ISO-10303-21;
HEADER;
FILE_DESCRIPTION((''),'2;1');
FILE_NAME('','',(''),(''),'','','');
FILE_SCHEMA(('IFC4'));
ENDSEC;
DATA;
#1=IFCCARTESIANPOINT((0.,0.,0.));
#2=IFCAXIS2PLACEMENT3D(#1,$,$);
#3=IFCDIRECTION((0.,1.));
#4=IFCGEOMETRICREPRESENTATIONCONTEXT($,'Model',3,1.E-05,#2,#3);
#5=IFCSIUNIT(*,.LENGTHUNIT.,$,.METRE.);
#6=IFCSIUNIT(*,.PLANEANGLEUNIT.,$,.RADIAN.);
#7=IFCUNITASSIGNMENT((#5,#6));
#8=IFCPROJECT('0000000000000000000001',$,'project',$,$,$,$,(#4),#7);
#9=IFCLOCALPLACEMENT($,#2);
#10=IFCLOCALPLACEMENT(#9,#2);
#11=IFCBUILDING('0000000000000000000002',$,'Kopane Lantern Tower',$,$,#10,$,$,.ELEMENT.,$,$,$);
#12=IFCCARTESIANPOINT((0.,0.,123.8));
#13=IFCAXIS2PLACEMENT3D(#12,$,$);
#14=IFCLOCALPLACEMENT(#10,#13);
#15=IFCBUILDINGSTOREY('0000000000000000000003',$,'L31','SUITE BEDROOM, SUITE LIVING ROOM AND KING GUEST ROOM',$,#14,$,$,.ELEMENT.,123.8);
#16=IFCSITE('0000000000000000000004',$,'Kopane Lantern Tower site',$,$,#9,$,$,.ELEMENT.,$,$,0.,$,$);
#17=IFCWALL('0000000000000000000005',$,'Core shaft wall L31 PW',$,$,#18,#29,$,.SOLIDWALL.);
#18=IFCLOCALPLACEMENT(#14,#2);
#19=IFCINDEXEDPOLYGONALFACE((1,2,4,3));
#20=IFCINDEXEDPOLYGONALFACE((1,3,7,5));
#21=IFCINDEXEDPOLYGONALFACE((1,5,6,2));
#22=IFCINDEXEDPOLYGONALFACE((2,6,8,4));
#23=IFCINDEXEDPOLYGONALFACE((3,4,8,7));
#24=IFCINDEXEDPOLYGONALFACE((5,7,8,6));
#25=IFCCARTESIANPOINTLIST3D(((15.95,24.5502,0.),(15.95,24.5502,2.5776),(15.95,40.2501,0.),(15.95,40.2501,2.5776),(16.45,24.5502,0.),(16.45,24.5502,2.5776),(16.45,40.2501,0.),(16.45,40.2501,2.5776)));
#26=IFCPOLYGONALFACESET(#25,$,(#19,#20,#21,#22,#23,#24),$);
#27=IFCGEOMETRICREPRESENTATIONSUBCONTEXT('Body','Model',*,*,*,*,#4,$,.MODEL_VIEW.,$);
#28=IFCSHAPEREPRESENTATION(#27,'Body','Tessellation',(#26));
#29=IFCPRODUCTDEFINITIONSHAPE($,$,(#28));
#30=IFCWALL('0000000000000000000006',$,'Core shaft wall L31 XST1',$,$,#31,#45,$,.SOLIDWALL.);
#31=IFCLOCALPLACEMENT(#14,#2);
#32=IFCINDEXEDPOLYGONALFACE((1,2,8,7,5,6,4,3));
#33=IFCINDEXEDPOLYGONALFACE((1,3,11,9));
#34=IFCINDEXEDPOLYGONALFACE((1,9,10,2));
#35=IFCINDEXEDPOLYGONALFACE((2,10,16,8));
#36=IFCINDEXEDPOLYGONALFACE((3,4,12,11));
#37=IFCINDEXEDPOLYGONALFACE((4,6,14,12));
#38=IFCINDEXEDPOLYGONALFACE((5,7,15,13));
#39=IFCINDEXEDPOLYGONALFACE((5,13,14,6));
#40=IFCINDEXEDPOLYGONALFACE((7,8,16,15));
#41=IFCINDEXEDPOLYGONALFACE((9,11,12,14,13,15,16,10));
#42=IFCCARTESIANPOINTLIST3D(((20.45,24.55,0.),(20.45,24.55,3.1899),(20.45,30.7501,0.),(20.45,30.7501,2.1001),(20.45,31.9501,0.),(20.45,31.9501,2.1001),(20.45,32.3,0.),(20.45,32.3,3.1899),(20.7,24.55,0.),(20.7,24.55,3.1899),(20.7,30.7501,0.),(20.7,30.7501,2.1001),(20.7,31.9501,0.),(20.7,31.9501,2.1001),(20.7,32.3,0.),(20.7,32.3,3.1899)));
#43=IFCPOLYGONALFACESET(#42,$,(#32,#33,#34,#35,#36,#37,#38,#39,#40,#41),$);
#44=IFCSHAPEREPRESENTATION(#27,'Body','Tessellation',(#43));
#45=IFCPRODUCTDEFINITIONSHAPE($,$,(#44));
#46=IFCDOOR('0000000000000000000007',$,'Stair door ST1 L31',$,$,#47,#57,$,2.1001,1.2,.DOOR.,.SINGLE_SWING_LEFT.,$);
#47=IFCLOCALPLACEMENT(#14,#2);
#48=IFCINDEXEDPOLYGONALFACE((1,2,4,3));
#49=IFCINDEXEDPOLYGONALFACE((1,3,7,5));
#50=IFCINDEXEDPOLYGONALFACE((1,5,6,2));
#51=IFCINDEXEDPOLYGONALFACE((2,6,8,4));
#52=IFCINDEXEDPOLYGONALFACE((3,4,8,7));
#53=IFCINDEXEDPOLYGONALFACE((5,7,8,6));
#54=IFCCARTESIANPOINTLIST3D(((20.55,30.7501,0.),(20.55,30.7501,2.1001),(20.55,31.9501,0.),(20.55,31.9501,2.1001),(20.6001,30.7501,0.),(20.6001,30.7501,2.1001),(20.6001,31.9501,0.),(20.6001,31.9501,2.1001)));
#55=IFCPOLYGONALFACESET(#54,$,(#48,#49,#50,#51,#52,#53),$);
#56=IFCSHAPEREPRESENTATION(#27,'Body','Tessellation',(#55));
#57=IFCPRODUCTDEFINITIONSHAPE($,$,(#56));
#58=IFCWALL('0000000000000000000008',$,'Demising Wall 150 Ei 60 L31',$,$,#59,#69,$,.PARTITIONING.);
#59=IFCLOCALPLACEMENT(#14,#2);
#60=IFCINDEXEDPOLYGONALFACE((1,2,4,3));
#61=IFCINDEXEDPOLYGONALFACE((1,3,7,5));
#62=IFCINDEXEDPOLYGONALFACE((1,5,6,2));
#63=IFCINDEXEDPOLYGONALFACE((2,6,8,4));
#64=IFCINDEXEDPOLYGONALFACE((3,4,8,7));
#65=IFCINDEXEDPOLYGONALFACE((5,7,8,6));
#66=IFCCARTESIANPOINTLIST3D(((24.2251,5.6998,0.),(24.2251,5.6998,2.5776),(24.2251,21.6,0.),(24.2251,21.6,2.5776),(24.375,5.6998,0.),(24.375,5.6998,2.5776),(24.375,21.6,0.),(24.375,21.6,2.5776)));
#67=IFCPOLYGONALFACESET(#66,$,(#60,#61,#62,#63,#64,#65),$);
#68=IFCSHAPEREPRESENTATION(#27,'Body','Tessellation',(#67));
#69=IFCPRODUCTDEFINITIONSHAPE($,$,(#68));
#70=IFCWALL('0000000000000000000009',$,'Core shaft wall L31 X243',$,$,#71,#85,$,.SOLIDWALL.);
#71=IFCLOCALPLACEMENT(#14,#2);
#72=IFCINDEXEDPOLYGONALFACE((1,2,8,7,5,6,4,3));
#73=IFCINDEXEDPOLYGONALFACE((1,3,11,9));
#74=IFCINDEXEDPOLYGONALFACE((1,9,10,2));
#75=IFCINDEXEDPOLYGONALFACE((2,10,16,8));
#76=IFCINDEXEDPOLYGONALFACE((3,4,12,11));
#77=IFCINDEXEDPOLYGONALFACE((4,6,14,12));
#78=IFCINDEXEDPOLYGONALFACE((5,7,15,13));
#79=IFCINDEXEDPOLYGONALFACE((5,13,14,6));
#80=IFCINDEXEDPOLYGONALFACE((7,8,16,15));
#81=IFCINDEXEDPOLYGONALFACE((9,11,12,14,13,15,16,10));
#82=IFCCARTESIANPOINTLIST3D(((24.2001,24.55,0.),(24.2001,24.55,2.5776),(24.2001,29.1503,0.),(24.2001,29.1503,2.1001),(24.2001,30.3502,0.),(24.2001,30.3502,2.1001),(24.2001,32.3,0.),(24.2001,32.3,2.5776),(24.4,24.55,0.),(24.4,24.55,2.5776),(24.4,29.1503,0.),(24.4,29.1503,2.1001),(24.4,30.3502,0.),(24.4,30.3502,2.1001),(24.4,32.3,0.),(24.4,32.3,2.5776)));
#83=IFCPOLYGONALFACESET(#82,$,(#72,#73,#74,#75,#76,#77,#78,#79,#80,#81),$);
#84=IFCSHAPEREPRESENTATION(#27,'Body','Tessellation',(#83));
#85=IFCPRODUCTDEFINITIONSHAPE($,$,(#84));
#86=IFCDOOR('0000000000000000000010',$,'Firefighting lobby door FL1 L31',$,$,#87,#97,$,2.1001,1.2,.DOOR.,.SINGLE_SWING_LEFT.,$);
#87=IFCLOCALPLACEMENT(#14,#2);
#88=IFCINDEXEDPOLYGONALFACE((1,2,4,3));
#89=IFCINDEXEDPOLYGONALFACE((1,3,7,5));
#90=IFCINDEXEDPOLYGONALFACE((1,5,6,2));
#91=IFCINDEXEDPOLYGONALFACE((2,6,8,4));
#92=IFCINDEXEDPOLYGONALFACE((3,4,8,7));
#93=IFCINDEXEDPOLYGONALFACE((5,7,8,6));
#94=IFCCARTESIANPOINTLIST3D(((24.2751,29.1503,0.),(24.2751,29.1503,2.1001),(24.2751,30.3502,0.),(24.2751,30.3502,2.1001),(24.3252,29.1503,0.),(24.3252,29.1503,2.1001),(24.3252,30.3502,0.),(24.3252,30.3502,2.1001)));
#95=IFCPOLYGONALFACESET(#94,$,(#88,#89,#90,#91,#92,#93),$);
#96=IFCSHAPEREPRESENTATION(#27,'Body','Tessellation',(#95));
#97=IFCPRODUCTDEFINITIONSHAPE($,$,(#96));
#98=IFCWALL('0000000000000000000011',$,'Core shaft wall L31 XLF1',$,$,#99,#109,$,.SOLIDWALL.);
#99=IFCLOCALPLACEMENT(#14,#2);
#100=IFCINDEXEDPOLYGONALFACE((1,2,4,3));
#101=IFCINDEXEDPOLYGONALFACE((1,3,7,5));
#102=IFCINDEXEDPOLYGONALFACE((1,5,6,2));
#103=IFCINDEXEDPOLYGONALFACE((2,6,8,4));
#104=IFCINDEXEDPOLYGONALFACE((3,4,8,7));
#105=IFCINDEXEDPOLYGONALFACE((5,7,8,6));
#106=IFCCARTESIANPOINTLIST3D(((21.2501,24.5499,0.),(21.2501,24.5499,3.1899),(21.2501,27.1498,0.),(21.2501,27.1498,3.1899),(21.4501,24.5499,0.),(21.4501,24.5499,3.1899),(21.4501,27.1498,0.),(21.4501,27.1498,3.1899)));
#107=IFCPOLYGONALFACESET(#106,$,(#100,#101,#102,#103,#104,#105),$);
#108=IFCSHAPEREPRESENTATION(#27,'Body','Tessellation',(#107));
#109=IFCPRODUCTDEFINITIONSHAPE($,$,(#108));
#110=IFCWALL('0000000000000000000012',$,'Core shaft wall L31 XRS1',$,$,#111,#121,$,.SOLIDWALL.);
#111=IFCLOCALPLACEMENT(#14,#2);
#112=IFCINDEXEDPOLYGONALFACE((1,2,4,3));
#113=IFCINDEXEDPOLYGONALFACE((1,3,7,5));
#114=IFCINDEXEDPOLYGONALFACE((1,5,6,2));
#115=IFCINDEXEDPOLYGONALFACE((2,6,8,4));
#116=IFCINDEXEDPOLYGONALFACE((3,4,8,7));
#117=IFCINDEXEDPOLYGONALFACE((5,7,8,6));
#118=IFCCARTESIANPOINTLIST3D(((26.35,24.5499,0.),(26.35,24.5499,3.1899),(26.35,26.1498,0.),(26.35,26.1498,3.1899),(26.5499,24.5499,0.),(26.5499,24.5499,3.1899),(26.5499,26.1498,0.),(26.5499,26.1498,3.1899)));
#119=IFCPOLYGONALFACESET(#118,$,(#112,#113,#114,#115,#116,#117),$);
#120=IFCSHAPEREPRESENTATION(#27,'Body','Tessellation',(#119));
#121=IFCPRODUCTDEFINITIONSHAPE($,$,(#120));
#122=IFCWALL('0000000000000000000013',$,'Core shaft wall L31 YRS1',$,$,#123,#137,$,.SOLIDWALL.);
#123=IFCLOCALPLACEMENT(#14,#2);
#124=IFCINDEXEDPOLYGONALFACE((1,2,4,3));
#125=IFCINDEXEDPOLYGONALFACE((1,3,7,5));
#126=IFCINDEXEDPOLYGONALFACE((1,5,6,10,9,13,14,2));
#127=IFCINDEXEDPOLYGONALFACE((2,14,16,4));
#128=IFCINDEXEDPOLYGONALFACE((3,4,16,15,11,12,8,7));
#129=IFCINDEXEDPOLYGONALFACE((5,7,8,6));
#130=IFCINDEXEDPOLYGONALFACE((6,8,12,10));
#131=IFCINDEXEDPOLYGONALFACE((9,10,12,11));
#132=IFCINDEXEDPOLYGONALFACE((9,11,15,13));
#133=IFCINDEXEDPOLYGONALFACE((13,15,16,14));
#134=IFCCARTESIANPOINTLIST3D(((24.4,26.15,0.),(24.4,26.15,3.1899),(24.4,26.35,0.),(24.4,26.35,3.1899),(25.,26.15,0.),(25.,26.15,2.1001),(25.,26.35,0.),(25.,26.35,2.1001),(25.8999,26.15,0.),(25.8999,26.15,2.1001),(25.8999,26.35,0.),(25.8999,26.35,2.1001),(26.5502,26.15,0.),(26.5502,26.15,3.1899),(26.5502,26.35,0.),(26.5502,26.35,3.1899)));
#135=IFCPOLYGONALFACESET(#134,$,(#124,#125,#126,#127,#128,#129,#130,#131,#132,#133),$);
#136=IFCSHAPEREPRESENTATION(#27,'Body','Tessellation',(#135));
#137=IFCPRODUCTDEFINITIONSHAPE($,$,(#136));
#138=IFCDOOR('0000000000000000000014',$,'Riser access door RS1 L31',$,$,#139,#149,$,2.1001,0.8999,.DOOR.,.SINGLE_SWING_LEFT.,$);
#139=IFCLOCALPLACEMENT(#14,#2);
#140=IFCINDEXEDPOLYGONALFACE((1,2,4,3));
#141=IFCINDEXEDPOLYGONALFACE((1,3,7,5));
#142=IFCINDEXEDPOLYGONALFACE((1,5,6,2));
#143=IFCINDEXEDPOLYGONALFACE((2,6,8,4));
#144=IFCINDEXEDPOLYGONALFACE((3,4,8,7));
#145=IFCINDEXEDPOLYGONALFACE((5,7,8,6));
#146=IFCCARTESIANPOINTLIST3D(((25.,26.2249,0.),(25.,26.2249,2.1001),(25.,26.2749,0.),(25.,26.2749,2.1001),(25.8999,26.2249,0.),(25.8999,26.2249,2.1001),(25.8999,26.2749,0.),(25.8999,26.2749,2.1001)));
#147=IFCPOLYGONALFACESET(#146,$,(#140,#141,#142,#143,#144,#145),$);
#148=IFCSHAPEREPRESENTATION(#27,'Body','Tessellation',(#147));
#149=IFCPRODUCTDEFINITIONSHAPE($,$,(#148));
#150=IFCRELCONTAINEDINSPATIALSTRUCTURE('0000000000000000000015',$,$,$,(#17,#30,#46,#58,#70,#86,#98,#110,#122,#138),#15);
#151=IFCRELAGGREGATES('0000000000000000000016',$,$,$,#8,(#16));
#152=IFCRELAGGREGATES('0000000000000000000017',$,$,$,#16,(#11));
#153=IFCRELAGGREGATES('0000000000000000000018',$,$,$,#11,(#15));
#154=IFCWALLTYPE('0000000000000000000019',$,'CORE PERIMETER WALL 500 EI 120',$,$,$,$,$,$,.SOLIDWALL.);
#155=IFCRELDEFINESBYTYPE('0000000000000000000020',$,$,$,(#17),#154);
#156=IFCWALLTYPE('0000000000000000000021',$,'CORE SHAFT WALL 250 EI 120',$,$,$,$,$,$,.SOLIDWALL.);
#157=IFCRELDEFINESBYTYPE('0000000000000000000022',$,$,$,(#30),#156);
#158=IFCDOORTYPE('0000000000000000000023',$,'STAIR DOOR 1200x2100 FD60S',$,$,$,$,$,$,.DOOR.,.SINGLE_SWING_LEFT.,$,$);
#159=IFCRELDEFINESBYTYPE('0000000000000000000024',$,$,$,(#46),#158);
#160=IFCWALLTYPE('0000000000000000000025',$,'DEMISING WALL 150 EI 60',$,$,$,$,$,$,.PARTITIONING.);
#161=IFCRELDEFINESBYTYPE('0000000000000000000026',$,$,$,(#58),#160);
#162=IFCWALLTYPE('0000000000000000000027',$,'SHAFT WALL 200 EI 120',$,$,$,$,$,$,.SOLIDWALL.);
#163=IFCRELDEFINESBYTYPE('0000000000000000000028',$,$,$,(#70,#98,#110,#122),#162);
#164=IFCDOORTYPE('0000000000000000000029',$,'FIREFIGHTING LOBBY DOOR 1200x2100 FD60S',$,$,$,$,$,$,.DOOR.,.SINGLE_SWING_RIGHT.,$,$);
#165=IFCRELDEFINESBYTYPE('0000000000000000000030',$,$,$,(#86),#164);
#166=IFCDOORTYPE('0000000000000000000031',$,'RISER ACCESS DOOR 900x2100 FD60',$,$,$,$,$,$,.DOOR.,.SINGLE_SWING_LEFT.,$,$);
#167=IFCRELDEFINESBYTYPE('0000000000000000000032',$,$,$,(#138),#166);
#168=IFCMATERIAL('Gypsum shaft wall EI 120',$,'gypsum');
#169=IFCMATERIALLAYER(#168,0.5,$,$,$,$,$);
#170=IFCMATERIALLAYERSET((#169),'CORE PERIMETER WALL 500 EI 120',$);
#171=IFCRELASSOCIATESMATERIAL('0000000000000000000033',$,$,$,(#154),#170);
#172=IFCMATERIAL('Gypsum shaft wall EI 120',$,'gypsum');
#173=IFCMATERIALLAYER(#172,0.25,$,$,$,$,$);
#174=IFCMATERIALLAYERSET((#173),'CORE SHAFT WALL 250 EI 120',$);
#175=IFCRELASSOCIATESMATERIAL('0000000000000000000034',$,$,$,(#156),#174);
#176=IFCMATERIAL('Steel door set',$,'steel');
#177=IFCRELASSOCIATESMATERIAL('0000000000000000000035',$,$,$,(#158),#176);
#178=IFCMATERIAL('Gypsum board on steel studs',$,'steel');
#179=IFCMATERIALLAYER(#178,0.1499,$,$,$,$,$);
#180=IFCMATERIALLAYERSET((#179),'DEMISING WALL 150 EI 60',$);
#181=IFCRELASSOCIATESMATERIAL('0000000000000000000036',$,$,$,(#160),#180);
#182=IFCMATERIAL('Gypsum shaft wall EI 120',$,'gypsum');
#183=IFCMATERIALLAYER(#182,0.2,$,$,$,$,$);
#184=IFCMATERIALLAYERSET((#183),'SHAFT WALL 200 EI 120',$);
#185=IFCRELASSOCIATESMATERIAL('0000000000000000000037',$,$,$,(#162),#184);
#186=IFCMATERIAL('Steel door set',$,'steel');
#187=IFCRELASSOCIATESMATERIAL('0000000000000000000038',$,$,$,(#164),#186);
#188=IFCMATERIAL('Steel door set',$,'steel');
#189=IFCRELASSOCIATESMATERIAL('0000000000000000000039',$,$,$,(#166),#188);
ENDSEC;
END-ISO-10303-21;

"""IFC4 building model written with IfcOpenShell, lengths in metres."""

from ifc_helpers import new_model, si_unit, direction, frame, frame_2d, origin, place, context, subcontext, project, spatial, rectangle, extrude, material, layer, layer_set, type_object, element, fill, save


model = new_model("IFC4")

# Units and contexts
model_context = context("Model", 3, precision=1e-05, world=origin(), true_north=direction((0.0, 1.0)))
body_context = subcontext(model_context, "Body", "Model", "MODEL_VIEW")
ifc_project = project(units=[si_unit("LENGTHUNIT", "METRE"), si_unit("PLANEANGLEUNIT", "RADIAN")], contexts=[model_context])

# Site, building, storey
site_placement = place(None, origin())
site = spatial("IfcSite", under=ifc_project, at=site_placement, Name="Kopane Lantern Tower site", CompositionType="ELEMENT", RefElevation=0.0)
building_placement = place(site_placement, origin())
building = spatial("IfcBuilding", under=site, at=building_placement, Name="Kopane Lantern Tower", CompositionType="ELEMENT")
storey_placement = place(building_placement, frame((0.0, 0.0, 123.8)))
storey = spatial("IfcBuildingStorey", under=building, at=storey_placement, Name="L31", Description="SUITE BEDROOM, SUITE LIVING ROOM AND KING GUEST ROOM", CompositionType="ELEMENT", Elevation=123.8)

# Wall
ifc_material_1 = material(Name="Gypsum shaft wall EI 120", Category="gypsum")
ifc_layer_1 = layer(ifc_material_1, 0.5)
ifc_layer_set_1 = layer_set([ifc_layer_1], Name="CORE PERIMETER WALL 500 EI 120")
wall_type_1 = type_object("IfcWallType", Name="CORE PERIMETER WALL 500 EI 120", PredefinedType="SOLIDWALL", material=ifc_layer_set_1)
wall_1_placement = place(storey_placement, frame((16.2, 24.55, 0.0), z_axis=(0.0, 0.0, 1.0), x_axis=(0.0, 1.0, 0.0)))
element("IfcWall", 1, at=wall_1_placement, inside=storey, type_object=wall_type_1, Name="Core shaft wall L31 PW", PredefinedType="SOLIDWALL", context=body_context, shape_type="SweptSolid", body=[
    extrude(rectangle(XDim=15.7, YDim=0.5, at=frame_2d((7.8501, 0.0))), origin(), (0.0, 0.0, 1.0), 2.5776),
])

# Wall, opening, door
ifc_material_2 = material(Name="Gypsum shaft wall EI 120", Category="gypsum")
ifc_layer_2 = layer(ifc_material_2, 0.25)
ifc_layer_set_2 = layer_set([ifc_layer_2], Name="CORE SHAFT WALL 250 EI 120")
wall_type_2 = type_object("IfcWallType", Name="CORE SHAFT WALL 250 EI 120", PredefinedType="SOLIDWALL", material=ifc_layer_set_2)
wall_2_placement = place(storey_placement, frame((20.575, 24.55, 0.0), z_axis=(0.0, 0.0, 1.0), x_axis=(0.0, 1.0, 0.0)))
wall_2 = element("IfcWall", 2, at=wall_2_placement, inside=storey, type_object=wall_type_2, Name="Core shaft wall L31 XST1", PredefinedType="SOLIDWALL", context=body_context, shape_type="SweptSolid", body=[
    extrude(rectangle(XDim=7.75, YDim=0.25, at=frame_2d((3.875, 0.0))), origin(), (0.0, 0.0, 1.0), 3.1899),
])
opening_1_placement = place(wall_2_placement, frame((6.2, 0.0, 0.0)))
opening_1 = element("IfcOpeningElement", 3, at=opening_1_placement, cuts=wall_2, PredefinedType="OPENING", context=body_context, shape_type="SweptSolid", body=[
    extrude(rectangle(XDim=1.2, YDim=2.1001, at=frame_2d((0.6001, 1.05))), frame((0.0, 0.135, 0.0), z_axis=(0.0, -1.0, 0.0), x_axis=(1.0, 0.0, 0.0)), (0.0, 0.0, 1.0), 0.27),
])
ifc_material_3 = material(Name="Steel door set", Category="steel")
door_type_1 = type_object("IfcDoorType", Name="STAIR DOOR 1200x2100 FD60S", OperationType="SINGLE_SWING_LEFT", PredefinedType="DOOR", material=ifc_material_3)
door_1_placement = place(opening_1_placement, origin())
door_1 = element("IfcDoor", 4, at=door_1_placement, inside=storey, type_object=door_type_1, Name="Stair door ST1 L31", OperationType="SINGLE_SWING_LEFT", OverallHeight=2.1001, OverallWidth=1.2, PredefinedType="DOOR", context=body_context, shape_type="SweptSolid", body=[
    extrude(rectangle(XDim=1.2, YDim=2.1001, at=frame_2d((0.6001, 1.05))), frame((0.0, 0.0249, 0.0), z_axis=(0.0, -1.0, 0.0), x_axis=(1.0, 0.0, 0.0)), (0.0, 0.0, 1.0), 0.05),
])
fill(opening_1, door_1)

# Wall
ifc_material_4 = material(Name="Gypsum board on steel studs", Category="steel")
ifc_layer_3 = layer(ifc_material_4, 0.1499)
ifc_layer_set_3 = layer_set([ifc_layer_3], Name="DEMISING WALL 150 EI 60")
wall_type_3 = type_object("IfcWallType", Name="DEMISING WALL 150 EI 60", PredefinedType="PARTITIONING", material=ifc_layer_set_3)
wall_3_placement = place(storey_placement, frame((24.3, 21.6001, 0.0), z_axis=(0.0, 0.0, 1.0), x_axis=(0.0, -1.0, 0.0)))
element("IfcWall", 5, at=wall_3_placement, inside=storey, type_object=wall_type_3, Name="Demising Wall 150 Ei 60 L31", PredefinedType="PARTITIONING", context=body_context, shape_type="SweptSolid", body=[
    extrude(rectangle(XDim=15.9001, YDim=0.1499, at=frame_2d((7.9502, 0.0))), origin(), (0.0, 0.0, 1.0), 2.5776),
])

# Wall, opening, door
ifc_material_5 = material(Name="Gypsum shaft wall EI 120", Category="gypsum")
ifc_layer_4 = layer(ifc_material_5, 0.2)
ifc_layer_set_4 = layer_set([ifc_layer_4], Name="SHAFT WALL 200 EI 120")
wall_type_4 = type_object("IfcWallType", Name="SHAFT WALL 200 EI 120", PredefinedType="SOLIDWALL", material=ifc_layer_set_4)
wall_4_placement = place(storey_placement, frame((24.3, 24.55, 0.0), z_axis=(0.0, 0.0, 1.0), x_axis=(0.0, 1.0, 0.0)))
wall_4 = element("IfcWall", 6, at=wall_4_placement, inside=storey, type_object=wall_type_4, Name="Core shaft wall L31 X243", PredefinedType="SOLIDWALL", context=body_context, shape_type="SweptSolid", body=[
    extrude(rectangle(XDim=7.75, YDim=0.2, at=frame_2d((3.875, 0.0))), origin(), (0.0, 0.0, 1.0), 2.5776),
])
opening_2_placement = place(wall_4_placement, frame((4.6001, 0.0, 0.0)))
opening_2 = element("IfcOpeningElement", 7, at=opening_2_placement, cuts=wall_4, PredefinedType="OPENING", context=body_context, shape_type="SweptSolid", body=[
    extrude(rectangle(XDim=1.2, YDim=2.1001, at=frame_2d((0.6001, 1.05))), frame((0.0, 0.1099, 0.0), z_axis=(0.0, -1.0, 0.0), x_axis=(1.0, 0.0, 0.0)), (0.0, 0.0, 1.0), 0.22),
])
ifc_material_6 = material(Name="Steel door set", Category="steel")
door_type_2 = type_object("IfcDoorType", Name="FIREFIGHTING LOBBY DOOR 1200x2100 FD60S", OperationType="SINGLE_SWING_RIGHT", PredefinedType="DOOR", material=ifc_material_6)
door_2_placement = place(opening_2_placement, origin())
door_2 = element("IfcDoor", 8, at=door_2_placement, inside=storey, type_object=door_type_2, Name="Firefighting lobby door FL1 L31", OperationType="SINGLE_SWING_LEFT", OverallHeight=2.1001, OverallWidth=1.2, PredefinedType="DOOR", context=body_context, shape_type="SweptSolid", body=[
    extrude(rectangle(XDim=1.2, YDim=2.1001, at=frame_2d((0.6001, 1.05))), frame((0.0, 0.0249, 0.0), z_axis=(0.0, -1.0, 0.0), x_axis=(1.0, 0.0, 0.0)), (0.0, 0.0, 1.0), 0.05),
])
fill(opening_2, door_2)

# Walls
wall_5_placement = place(storey_placement, frame((21.3501, 24.55, 0.0), z_axis=(0.0, 0.0, 1.0), x_axis=(0.0, 1.0, 0.0)))
element("IfcWall", 9, at=wall_5_placement, inside=storey, type_object=wall_type_4, Name="Core shaft wall L31 XLF1", PredefinedType="SOLIDWALL", context=body_context, shape_type="SweptSolid", body=[
    extrude(rectangle(XDim=2.5999, YDim=0.2, at=frame_2d((1.2998, 0.0))), origin(), (0.0, 0.0, 1.0), 3.1899),
])
wall_6_placement = place(storey_placement, frame((26.45, 24.55, 0.0), z_axis=(0.0, 0.0, 1.0), x_axis=(0.0, 1.0, 0.0)))
element("IfcWall", 10, at=wall_6_placement, inside=storey, type_object=wall_type_4, Name="Core shaft wall L31 XRS1", PredefinedType="SOLIDWALL", context=body_context, shape_type="SweptSolid", body=[
    extrude(rectangle(XDim=1.5999, YDim=0.2, at=frame_2d((0.7998, 0.0))), origin(), (0.0, 0.0, 1.0), 3.1899),
])

# Wall, opening, door
wall_7_placement = place(storey_placement, frame((24.3999, 26.25, 0.0), z_axis=(0.0, 0.0, 1.0), x_axis=(1.0, 0.0, 0.0)))
wall_7 = element("IfcWall", 11, at=wall_7_placement, inside=storey, type_object=wall_type_4, Name="Core shaft wall L31 YRS1", PredefinedType="SOLIDWALL", context=body_context, shape_type="SweptSolid", body=[
    extrude(rectangle(XDim=2.1501, YDim=0.2, at=frame_2d((1.0752, 0.0))), origin(), (0.0, 0.0, 1.0), 3.1899),
])
opening_3_placement = place(wall_7_placement, frame((0.6001, 0.0, 0.0)))
opening_3 = element("IfcOpeningElement", 12, at=opening_3_placement, cuts=wall_7, PredefinedType="OPENING", context=body_context, shape_type="SweptSolid", body=[
    extrude(rectangle(XDim=0.8999, YDim=2.1001, at=frame_2d((0.45, 1.05))), frame((0.0, 0.1099, 0.0), z_axis=(0.0, -1.0, 0.0), x_axis=(1.0, 0.0, 0.0)), (0.0, 0.0, 1.0), 0.22),
])
ifc_material_7 = material(Name="Steel door set", Category="steel")
door_type_3 = type_object("IfcDoorType", Name="RISER ACCESS DOOR 900x2100 FD60", OperationType="SINGLE_SWING_LEFT", PredefinedType="DOOR", material=ifc_material_7)
door_3_placement = place(opening_3_placement, origin())
door_3 = element("IfcDoor", 13, at=door_3_placement, inside=storey, type_object=door_type_3, Name="Riser access door RS1 L31", OperationType="SINGLE_SWING_LEFT", OverallHeight=2.1001, OverallWidth=0.8999, PredefinedType="DOOR", context=body_context, shape_type="SweptSolid", body=[
    extrude(rectangle(XDim=0.8999, YDim=2.1001, at=frame_2d((0.45, 1.05))), frame((0.0, 0.0249, 0.0), z_axis=(0.0, -1.0, 0.0), x_axis=(1.0, 0.0, 0.0)), (0.0, 0.0, 1.0), 0.05),
])
fill(opening_3, door_3)

save(model, "model.ifc")
